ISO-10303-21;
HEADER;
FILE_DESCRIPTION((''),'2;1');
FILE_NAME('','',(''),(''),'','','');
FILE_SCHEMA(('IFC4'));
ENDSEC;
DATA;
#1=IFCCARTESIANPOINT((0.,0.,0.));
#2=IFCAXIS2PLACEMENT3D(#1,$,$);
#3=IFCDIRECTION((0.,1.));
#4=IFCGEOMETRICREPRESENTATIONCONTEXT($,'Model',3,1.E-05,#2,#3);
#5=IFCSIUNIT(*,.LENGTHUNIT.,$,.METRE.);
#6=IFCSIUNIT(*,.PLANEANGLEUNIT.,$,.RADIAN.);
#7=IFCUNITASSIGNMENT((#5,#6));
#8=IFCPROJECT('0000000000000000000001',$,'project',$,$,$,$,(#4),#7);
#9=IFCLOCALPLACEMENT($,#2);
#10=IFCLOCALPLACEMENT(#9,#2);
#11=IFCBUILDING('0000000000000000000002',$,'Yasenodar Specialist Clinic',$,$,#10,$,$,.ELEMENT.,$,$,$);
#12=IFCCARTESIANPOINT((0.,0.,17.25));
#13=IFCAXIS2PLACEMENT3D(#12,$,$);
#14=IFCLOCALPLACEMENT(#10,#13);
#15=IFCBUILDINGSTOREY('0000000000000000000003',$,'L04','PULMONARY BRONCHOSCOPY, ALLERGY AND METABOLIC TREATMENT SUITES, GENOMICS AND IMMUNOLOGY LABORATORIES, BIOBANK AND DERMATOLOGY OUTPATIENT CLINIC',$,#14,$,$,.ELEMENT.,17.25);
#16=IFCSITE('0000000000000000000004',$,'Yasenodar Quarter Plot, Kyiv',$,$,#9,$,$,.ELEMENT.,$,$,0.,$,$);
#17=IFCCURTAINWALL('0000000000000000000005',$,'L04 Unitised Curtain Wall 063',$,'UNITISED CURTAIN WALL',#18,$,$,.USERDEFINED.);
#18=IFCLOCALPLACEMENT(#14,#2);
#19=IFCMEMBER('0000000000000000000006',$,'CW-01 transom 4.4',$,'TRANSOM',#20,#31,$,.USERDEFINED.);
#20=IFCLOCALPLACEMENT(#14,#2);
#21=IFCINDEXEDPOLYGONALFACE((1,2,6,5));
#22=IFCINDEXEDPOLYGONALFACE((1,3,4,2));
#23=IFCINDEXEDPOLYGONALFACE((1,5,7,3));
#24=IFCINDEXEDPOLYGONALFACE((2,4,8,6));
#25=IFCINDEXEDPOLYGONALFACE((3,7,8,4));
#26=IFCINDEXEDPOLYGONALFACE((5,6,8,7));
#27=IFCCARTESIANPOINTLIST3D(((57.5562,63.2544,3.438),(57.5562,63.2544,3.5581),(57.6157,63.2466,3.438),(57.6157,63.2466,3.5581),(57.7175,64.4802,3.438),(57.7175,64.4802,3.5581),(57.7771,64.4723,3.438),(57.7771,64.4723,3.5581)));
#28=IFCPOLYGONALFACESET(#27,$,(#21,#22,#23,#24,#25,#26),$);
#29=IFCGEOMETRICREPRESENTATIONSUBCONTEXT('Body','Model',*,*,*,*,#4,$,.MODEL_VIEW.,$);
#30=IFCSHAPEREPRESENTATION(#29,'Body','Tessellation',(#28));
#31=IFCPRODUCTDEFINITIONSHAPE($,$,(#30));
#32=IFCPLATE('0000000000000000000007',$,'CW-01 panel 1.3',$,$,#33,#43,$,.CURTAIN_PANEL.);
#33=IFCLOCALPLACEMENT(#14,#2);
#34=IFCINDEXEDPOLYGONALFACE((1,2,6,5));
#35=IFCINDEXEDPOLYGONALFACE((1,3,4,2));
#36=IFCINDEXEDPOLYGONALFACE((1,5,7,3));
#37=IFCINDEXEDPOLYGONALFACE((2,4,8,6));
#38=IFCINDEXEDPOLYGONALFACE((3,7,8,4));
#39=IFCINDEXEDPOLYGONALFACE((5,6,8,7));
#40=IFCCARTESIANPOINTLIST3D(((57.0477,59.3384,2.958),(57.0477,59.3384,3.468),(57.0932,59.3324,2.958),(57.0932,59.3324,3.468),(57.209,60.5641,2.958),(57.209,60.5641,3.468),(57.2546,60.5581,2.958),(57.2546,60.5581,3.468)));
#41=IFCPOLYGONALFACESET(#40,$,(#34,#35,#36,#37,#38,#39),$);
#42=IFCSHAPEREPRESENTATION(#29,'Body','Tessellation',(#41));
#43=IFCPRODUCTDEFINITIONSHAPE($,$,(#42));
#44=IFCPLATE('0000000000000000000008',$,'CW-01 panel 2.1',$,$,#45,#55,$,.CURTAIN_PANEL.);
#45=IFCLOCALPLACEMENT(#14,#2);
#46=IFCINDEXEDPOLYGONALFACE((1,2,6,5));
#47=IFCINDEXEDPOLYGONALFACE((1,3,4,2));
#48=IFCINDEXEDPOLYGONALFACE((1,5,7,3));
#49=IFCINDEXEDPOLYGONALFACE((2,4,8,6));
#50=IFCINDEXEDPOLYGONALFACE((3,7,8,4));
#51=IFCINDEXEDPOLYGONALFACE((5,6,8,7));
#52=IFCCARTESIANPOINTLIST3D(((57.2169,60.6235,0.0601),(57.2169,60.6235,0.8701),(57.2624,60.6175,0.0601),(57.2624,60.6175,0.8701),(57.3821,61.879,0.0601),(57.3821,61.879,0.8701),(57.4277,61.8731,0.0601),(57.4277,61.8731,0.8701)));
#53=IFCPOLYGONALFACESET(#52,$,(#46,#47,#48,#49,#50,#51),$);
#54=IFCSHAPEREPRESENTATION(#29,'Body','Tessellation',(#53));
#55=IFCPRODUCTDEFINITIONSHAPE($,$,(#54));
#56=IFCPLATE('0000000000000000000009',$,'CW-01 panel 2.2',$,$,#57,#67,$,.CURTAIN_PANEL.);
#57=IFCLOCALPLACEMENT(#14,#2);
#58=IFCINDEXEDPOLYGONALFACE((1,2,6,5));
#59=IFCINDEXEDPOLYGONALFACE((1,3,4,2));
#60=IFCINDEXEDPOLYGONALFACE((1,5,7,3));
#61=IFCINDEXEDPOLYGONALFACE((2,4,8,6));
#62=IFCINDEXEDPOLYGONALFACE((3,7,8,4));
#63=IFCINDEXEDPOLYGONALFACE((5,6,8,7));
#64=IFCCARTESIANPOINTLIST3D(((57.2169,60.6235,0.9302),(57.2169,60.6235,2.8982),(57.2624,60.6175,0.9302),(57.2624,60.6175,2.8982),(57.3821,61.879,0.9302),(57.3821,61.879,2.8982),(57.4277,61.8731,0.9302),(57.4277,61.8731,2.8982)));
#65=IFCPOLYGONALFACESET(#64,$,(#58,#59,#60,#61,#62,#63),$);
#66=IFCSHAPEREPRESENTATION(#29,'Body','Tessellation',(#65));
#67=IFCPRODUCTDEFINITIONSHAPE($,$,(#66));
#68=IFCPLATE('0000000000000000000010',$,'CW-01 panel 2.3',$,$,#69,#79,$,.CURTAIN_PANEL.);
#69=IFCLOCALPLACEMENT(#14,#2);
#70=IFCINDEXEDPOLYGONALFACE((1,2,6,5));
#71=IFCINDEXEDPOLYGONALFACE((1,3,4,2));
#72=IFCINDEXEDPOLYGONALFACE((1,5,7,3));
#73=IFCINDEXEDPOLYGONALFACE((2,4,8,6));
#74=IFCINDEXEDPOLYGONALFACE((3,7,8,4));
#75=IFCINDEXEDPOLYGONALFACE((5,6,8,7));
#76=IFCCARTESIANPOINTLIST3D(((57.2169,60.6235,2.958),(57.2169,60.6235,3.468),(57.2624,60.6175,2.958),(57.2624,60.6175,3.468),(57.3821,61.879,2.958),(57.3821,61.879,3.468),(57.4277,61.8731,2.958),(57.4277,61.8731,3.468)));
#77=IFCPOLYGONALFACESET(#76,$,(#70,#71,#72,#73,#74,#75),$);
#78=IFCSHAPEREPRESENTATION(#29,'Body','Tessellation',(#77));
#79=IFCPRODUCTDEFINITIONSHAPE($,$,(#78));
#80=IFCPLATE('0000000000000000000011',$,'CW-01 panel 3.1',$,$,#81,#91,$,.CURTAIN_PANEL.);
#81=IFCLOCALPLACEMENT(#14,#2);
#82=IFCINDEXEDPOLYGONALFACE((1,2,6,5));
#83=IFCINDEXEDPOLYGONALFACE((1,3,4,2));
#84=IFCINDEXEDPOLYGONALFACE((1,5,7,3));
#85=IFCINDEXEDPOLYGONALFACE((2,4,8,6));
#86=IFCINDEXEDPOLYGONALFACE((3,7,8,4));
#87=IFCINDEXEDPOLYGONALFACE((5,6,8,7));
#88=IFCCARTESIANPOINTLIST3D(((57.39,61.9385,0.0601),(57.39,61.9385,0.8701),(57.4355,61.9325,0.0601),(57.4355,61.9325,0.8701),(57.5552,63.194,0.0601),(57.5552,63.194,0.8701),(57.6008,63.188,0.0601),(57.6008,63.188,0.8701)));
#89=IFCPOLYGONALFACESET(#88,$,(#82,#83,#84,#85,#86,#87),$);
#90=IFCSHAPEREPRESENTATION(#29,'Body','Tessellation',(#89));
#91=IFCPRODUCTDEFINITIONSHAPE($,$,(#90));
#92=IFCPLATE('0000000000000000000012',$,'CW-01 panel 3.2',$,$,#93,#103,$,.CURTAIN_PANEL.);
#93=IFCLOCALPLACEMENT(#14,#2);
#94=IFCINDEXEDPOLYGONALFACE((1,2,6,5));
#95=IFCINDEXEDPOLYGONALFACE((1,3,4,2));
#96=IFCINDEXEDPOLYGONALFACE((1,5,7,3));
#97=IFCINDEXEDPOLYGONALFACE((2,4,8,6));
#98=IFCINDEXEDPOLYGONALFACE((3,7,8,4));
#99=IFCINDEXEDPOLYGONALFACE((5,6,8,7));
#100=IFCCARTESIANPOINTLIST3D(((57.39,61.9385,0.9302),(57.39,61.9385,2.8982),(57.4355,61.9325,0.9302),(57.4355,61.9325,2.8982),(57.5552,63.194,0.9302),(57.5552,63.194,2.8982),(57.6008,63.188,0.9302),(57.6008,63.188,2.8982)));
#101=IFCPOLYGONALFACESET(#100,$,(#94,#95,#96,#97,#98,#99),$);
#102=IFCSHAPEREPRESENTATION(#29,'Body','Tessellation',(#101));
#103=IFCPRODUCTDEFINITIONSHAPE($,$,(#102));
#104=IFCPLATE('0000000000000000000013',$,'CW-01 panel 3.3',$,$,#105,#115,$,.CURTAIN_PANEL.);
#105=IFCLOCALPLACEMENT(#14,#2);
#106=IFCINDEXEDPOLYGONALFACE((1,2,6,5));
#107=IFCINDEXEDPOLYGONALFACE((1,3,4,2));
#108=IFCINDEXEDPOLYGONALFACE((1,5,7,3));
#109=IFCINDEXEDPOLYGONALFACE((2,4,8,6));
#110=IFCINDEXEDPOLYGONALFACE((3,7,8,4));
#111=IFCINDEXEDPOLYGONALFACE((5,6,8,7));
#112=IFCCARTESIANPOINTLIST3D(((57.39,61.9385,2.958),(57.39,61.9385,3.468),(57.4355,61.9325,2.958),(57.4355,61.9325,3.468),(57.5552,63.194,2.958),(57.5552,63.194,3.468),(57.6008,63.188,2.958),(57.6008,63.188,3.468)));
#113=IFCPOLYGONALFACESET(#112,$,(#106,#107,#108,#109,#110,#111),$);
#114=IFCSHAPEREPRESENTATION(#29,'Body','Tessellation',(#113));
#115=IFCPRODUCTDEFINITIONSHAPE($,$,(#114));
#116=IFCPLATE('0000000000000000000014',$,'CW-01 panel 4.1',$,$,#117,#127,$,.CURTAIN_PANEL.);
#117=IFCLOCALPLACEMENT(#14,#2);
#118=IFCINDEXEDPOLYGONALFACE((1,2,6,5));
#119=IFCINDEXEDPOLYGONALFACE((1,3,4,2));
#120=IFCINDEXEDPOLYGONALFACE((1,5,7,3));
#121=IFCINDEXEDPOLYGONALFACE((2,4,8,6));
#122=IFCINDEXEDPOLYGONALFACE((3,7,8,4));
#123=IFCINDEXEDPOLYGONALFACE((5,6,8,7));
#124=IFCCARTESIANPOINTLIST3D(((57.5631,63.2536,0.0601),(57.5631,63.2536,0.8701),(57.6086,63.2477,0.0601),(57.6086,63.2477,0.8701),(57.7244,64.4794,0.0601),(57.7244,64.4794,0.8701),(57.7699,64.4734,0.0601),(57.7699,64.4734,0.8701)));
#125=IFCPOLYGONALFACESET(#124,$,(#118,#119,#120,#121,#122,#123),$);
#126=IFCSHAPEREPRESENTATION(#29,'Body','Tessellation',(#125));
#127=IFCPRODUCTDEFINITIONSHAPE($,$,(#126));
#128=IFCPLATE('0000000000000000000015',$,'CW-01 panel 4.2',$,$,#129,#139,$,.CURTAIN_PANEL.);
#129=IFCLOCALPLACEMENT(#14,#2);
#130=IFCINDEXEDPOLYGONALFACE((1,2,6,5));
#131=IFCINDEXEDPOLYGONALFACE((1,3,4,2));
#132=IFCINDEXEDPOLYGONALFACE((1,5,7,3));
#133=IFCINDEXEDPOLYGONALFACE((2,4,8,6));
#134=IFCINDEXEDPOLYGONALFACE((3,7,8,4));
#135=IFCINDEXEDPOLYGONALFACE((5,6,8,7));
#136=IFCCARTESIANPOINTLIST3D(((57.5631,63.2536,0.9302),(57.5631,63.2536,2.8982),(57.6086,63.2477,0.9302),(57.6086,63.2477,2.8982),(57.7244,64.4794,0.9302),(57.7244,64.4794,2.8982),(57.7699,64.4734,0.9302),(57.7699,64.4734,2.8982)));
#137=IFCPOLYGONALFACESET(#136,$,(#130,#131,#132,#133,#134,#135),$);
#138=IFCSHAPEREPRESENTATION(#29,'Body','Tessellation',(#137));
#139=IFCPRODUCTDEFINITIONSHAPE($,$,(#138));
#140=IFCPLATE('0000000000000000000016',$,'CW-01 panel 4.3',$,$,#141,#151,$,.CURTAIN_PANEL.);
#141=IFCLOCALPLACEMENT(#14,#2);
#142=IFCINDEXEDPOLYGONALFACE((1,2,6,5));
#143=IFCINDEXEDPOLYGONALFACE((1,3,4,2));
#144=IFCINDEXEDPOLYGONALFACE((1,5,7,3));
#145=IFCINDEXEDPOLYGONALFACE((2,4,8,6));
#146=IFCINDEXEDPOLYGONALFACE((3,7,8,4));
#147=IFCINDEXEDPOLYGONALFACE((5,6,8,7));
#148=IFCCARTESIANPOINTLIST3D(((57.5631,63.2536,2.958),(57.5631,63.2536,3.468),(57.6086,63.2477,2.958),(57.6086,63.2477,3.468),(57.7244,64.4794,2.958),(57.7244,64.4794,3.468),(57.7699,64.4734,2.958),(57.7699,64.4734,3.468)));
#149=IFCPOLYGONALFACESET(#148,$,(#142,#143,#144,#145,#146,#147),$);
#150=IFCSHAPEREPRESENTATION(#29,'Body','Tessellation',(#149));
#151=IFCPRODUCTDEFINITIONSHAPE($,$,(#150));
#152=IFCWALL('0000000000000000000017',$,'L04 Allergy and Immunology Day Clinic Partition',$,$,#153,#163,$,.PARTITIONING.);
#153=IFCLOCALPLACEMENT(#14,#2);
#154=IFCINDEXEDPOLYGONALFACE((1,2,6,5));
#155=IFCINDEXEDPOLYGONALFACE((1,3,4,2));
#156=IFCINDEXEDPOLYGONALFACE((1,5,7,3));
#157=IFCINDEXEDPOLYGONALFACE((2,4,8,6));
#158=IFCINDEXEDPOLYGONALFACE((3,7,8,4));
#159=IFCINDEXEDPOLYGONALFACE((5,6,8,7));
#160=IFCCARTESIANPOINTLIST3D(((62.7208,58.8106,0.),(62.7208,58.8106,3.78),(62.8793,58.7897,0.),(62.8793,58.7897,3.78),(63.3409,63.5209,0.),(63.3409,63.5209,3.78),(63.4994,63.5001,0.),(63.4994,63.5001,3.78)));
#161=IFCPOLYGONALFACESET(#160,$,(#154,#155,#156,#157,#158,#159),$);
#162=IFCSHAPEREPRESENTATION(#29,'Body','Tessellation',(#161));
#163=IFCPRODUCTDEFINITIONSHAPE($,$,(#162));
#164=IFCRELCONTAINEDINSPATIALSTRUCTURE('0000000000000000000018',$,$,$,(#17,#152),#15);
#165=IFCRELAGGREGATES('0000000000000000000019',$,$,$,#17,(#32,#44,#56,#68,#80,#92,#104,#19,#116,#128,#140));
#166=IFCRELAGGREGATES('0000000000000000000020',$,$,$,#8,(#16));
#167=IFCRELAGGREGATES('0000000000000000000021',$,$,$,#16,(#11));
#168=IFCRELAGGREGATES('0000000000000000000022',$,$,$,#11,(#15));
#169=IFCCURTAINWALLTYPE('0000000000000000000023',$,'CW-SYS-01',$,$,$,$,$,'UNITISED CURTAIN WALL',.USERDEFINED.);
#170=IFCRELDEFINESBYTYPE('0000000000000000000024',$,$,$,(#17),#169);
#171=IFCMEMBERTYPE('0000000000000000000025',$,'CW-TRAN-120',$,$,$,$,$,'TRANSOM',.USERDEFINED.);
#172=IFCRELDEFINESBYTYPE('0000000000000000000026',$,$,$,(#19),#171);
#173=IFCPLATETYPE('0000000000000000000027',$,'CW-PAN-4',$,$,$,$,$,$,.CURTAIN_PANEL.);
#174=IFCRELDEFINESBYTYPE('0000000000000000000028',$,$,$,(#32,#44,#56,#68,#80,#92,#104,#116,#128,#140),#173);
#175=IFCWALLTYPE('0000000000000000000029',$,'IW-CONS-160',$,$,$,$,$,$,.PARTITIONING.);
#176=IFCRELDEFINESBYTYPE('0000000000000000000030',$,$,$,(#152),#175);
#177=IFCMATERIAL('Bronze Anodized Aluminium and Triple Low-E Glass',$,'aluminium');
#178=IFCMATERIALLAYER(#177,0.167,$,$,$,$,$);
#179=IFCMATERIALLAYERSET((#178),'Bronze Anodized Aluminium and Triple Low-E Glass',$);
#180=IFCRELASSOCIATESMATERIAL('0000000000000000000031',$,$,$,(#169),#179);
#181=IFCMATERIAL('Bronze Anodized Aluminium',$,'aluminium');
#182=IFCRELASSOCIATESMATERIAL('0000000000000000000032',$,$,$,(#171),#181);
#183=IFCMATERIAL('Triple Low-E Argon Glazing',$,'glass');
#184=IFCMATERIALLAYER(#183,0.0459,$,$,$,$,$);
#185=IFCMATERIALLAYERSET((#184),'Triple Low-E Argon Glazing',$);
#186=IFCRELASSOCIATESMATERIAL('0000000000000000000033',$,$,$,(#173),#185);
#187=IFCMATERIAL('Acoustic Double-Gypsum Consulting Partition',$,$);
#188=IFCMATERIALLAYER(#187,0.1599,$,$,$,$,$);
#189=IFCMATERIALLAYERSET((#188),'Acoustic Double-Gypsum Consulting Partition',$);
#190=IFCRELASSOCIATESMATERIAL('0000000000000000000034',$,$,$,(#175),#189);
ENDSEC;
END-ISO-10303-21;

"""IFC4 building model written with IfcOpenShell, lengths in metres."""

from ifc_helpers import new_model, si_unit, direction, frame, frame_2d, origin, origin_2d, place, context, subcontext, project, spatial, rectangle, extrude, material, layer, layer_set, material_profile, profile_set, type_object, element, aggregate, save


model = new_model("IFC4")

# Units and contexts
model_context = context("Model", 3, precision=1e-05, world=origin(), true_north=direction((0.0, 1.0)))
body_context = subcontext(model_context, "Body", "Model", "MODEL_VIEW")
ifc_project = project(units=[si_unit("LENGTHUNIT", "METRE"), si_unit("PLANEANGLEUNIT", "RADIAN")], contexts=[model_context])

# Site, building, storey
site_placement = place(None, origin())
site = spatial("IfcSite", under=ifc_project, at=site_placement, Name="Yasenodar Quarter Plot, Kyiv", CompositionType="ELEMENT", RefElevation=0.0)
building_placement = place(site_placement, origin())
building = spatial("IfcBuilding", under=site, at=building_placement, Name="Yasenodar Specialist Clinic", CompositionType="ELEMENT")
storey_placement = place(building_placement, frame((0.0, 0.0, 17.25)))
storey = spatial("IfcBuildingStorey", under=building, at=storey_placement, Name="L04", Description="PULMONARY BRONCHOSCOPY, ALLERGY AND METABOLIC TREATMENT SUITES, GENOMICS AND IMMUNOLOGY LABORATORIES, BIOBANK AND DERMATOLOGY OUTPATIENT CLINIC", CompositionType="ELEMENT", Elevation=17.25)

# Curtain wall, member, plates
ifc_material_1 = material(Name="Bronze Anodized Aluminium and Triple Low-E Glass", Category="aluminium")
ifc_layer_1 = layer(ifc_material_1, 0.167)
ifc_layer_set_1 = layer_set([ifc_layer_1], Name="Bronze Anodized Aluminium and Triple Low-E Glass")
curtain_wall_type = type_object("IfcCurtainWallType", Name="CW-SYS-01", ElementType="UNITISED CURTAIN WALL", PredefinedType="USERDEFINED", material=ifc_layer_set_1)
curtain_wall_placement = place(storey_placement, origin())
curtain_wall = element("IfcCurtainWall", 1, at=curtain_wall_placement, inside=storey, type_object=curtain_wall_type, Name="L04 Unitised Curtain Wall 063", ObjectType="UNITISED CURTAIN WALL", PredefinedType="USERDEFINED")
ifc_material_2 = material(Name="Bronze Anodized Aluminium", Category="aluminium")
ifc_material_profile_1 = material_profile(ifc_material_2, rectangle(XDim=0.0601, YDim=0.1201, at=origin_2d()), Name="CW-TRAN 60x120")
ifc_profile_set_1 = profile_set([ifc_material_profile_1], Name="Bronze Anodized Aluminium")
member_type_1 = type_object("IfcMemberType", Name="CW-TRAN-120", ElementType="TRANSOM", PredefinedType="USERDEFINED", material=ifc_profile_set_1)
member_1_placement = place(storey_placement, frame((57.5859, 63.2505, 3.498), z_axis=(0.130521, 0.991446, 0.0), x_axis=(-0.991446, 0.130521, 0.0)))
member_1 = element("IfcMember", 2, at=member_1_placement, type_object=member_type_1, Name="CW-01 transom 4.4", ObjectType="TRANSOM", PredefinedType="USERDEFINED", context=body_context, shape_type="SweptSolid", body=[
    extrude(rectangle(XDim=0.0601, YDim=0.1201, at=origin_2d()), origin(), (0.0, 0.0, 1.0), 1.2363),
])
ifc_material_3 = material(Name="Triple Low-E Argon Glazing", Category="glass")
ifc_layer_2 = layer(ifc_material_3, 0.0459)
ifc_layer_set_2 = layer_set([ifc_layer_2], Name="Triple Low-E Argon Glazing")
plate_type = type_object("IfcPlateType", Name="CW-PAN-4", PredefinedType="CURTAIN_PANEL", material=ifc_layer_set_2)
plate_1_placement = place(storey_placement, frame((57.1511, 59.9482, 2.958), z_axis=(0.0, 0.0, 1.0), x_axis=(0.130512, 0.991447, 0.0)))
plate_1 = element("IfcPlate", 3, at=plate_1_placement, type_object=plate_type, Name="CW-01 panel 1.3", PredefinedType="CURTAIN_PANEL", context=body_context, shape_type="SweptSolid", body=[
    extrude(rectangle(XDim=1.2363, YDim=0.0459, at=origin_2d()), origin(), (0.0, 0.0, 1.0), 0.51),
])
plate_2_placement = place(storey_placement, frame((57.3223, 61.2483, 0.0601), z_axis=(0.0, 0.0, 1.0), x_axis=(0.130512, 0.991447, 0.0)))
plate_2 = element("IfcPlate", 4, at=plate_2_placement, type_object=plate_type, Name="CW-01 panel 2.1", PredefinedType="CURTAIN_PANEL", context=body_context, shape_type="SweptSolid", body=[
    extrude(rectangle(XDim=1.2664, YDim=0.0459, at=origin_2d()), origin(), (0.0, 0.0, 1.0), 0.8101),
])
plate_3_placement = place(storey_placement, frame((57.3223, 61.2483, 0.9302), z_axis=(0.0, 0.0, 1.0), x_axis=(0.130512, 0.991447, 0.0)))
plate_3 = element("IfcPlate", 5, at=plate_3_placement, type_object=plate_type, Name="CW-01 panel 2.2", PredefinedType="CURTAIN_PANEL", context=body_context, shape_type="SweptSolid", body=[
    extrude(rectangle(XDim=1.2664, YDim=0.0459, at=origin_2d()), origin(), (0.0, 0.0, 1.0), 1.968),
])
plate_4_placement = place(storey_placement, frame((57.3223, 61.2483, 2.958), z_axis=(0.0, 0.0, 1.0), x_axis=(0.130512, 0.991447, 0.0)))
plate_4 = element("IfcPlate", 6, at=plate_4_placement, type_object=plate_type, Name="CW-01 panel 2.3", PredefinedType="CURTAIN_PANEL", context=body_context, shape_type="SweptSolid", body=[
    extrude(rectangle(XDim=1.2664, YDim=0.0459, at=origin_2d()), origin(), (0.0, 0.0, 1.0), 0.51),
])
plate_5_placement = place(storey_placement, frame((57.4954, 62.5632, 0.0601), z_axis=(0.0, 0.0, 1.0), x_axis=(0.130512, 0.991447, 0.0)))
plate_5 = element("IfcPlate", 7, at=plate_5_placement, type_object=plate_type, Name="CW-01 panel 3.1", PredefinedType="CURTAIN_PANEL", context=body_context, shape_type="SweptSolid", body=[
    extrude(rectangle(XDim=1.2664, YDim=0.0459, at=origin_2d()), origin(), (0.0, 0.0, 1.0), 0.8101),
])
plate_6_placement = place(storey_placement, frame((57.4954, 62.5632, 0.9302), z_axis=(0.0, 0.0, 1.0), x_axis=(0.130512, 0.991447, 0.0)))
plate_6 = element("IfcPlate", 8, at=plate_6_placement, type_object=plate_type, Name="CW-01 panel 3.2", PredefinedType="CURTAIN_PANEL", context=body_context, shape_type="SweptSolid", body=[
    extrude(rectangle(XDim=1.2664, YDim=0.0459, at=origin_2d()), origin(), (0.0, 0.0, 1.0), 1.968),
])
plate_7_placement = place(storey_placement, frame((57.4954, 62.5632, 2.958), z_axis=(0.0, 0.0, 1.0), x_axis=(0.130512, 0.991447, 0.0)))
plate_7 = element("IfcPlate", 9, at=plate_7_placement, type_object=plate_type, Name="CW-01 panel 3.3", PredefinedType="CURTAIN_PANEL", context=body_context, shape_type="SweptSolid", body=[
    extrude(rectangle(XDim=1.2664, YDim=0.0459, at=origin_2d()), origin(), (0.0, 0.0, 1.0), 0.51),
])
plate_8_placement = place(storey_placement, frame((57.6665, 63.8635, 0.0601), z_axis=(0.0, 0.0, 1.0), x_axis=(0.130512, 0.991447, 0.0)))
plate_8 = element("IfcPlate", 10, at=plate_8_placement, type_object=plate_type, Name="CW-01 panel 4.1", PredefinedType="CURTAIN_PANEL", context=body_context, shape_type="SweptSolid", body=[
    extrude(rectangle(XDim=1.2363, YDim=0.0459, at=origin_2d()), origin(), (0.0, 0.0, 1.0), 0.8101),
])
plate_9_placement = place(storey_placement, frame((57.6665, 63.8635, 0.9302), z_axis=(0.0, 0.0, 1.0), x_axis=(0.130512, 0.991447, 0.0)))
plate_9 = element("IfcPlate", 11, at=plate_9_placement, type_object=plate_type, Name="CW-01 panel 4.2", PredefinedType="CURTAIN_PANEL", context=body_context, shape_type="SweptSolid", body=[
    extrude(rectangle(XDim=1.2363, YDim=0.0459, at=origin_2d()), origin(), (0.0, 0.0, 1.0), 1.968),
])
plate_10_placement = place(storey_placement, frame((57.6665, 63.8635, 2.958), z_axis=(0.0, 0.0, 1.0), x_axis=(0.130512, 0.991447, 0.0)))
plate_10 = element("IfcPlate", 12, at=plate_10_placement, type_object=plate_type, Name="CW-01 panel 4.3", PredefinedType="CURTAIN_PANEL", context=body_context, shape_type="SweptSolid", body=[
    extrude(rectangle(XDim=1.2363, YDim=0.0459, at=origin_2d()), origin(), (0.0, 0.0, 1.0), 0.51),
])
aggregate(curtain_wall, [plate_1, plate_2, plate_3, plate_4, plate_5, plate_6, plate_7, member_1, plate_8, plate_9, plate_10])

# Wall
ifc_material_4 = material(Name="Acoustic Double-Gypsum Consulting Partition")
ifc_layer_3 = layer(ifc_material_4, 0.1599)
ifc_layer_set_3 = layer_set([ifc_layer_3], Name="Acoustic Double-Gypsum Consulting Partition")
wall_type = type_object("IfcWallType", Name="IW-CONS-160", PredefinedType="PARTITIONING", material=ifc_layer_set_3)
wall_placement = place(storey_placement, frame((63.4202, 63.5105, 0.0), z_axis=(0.0, 0.0, 1.0), x_axis=(-0.130521, -0.991446, 0.0)))
element("IfcWall", 13, at=wall_placement, inside=storey, type_object=wall_type, Name="L04 Allergy and Immunology Day Clinic Partition", PredefinedType="PARTITIONING", context=body_context, shape_type="SweptSolid", body=[
    extrude(rectangle(XDim=4.751, YDim=0.1599, at=frame_2d((2.3755, 0.0))), origin(), (0.0, 0.0, 1.0), 3.78),
])

save(model, "model.ifc")
